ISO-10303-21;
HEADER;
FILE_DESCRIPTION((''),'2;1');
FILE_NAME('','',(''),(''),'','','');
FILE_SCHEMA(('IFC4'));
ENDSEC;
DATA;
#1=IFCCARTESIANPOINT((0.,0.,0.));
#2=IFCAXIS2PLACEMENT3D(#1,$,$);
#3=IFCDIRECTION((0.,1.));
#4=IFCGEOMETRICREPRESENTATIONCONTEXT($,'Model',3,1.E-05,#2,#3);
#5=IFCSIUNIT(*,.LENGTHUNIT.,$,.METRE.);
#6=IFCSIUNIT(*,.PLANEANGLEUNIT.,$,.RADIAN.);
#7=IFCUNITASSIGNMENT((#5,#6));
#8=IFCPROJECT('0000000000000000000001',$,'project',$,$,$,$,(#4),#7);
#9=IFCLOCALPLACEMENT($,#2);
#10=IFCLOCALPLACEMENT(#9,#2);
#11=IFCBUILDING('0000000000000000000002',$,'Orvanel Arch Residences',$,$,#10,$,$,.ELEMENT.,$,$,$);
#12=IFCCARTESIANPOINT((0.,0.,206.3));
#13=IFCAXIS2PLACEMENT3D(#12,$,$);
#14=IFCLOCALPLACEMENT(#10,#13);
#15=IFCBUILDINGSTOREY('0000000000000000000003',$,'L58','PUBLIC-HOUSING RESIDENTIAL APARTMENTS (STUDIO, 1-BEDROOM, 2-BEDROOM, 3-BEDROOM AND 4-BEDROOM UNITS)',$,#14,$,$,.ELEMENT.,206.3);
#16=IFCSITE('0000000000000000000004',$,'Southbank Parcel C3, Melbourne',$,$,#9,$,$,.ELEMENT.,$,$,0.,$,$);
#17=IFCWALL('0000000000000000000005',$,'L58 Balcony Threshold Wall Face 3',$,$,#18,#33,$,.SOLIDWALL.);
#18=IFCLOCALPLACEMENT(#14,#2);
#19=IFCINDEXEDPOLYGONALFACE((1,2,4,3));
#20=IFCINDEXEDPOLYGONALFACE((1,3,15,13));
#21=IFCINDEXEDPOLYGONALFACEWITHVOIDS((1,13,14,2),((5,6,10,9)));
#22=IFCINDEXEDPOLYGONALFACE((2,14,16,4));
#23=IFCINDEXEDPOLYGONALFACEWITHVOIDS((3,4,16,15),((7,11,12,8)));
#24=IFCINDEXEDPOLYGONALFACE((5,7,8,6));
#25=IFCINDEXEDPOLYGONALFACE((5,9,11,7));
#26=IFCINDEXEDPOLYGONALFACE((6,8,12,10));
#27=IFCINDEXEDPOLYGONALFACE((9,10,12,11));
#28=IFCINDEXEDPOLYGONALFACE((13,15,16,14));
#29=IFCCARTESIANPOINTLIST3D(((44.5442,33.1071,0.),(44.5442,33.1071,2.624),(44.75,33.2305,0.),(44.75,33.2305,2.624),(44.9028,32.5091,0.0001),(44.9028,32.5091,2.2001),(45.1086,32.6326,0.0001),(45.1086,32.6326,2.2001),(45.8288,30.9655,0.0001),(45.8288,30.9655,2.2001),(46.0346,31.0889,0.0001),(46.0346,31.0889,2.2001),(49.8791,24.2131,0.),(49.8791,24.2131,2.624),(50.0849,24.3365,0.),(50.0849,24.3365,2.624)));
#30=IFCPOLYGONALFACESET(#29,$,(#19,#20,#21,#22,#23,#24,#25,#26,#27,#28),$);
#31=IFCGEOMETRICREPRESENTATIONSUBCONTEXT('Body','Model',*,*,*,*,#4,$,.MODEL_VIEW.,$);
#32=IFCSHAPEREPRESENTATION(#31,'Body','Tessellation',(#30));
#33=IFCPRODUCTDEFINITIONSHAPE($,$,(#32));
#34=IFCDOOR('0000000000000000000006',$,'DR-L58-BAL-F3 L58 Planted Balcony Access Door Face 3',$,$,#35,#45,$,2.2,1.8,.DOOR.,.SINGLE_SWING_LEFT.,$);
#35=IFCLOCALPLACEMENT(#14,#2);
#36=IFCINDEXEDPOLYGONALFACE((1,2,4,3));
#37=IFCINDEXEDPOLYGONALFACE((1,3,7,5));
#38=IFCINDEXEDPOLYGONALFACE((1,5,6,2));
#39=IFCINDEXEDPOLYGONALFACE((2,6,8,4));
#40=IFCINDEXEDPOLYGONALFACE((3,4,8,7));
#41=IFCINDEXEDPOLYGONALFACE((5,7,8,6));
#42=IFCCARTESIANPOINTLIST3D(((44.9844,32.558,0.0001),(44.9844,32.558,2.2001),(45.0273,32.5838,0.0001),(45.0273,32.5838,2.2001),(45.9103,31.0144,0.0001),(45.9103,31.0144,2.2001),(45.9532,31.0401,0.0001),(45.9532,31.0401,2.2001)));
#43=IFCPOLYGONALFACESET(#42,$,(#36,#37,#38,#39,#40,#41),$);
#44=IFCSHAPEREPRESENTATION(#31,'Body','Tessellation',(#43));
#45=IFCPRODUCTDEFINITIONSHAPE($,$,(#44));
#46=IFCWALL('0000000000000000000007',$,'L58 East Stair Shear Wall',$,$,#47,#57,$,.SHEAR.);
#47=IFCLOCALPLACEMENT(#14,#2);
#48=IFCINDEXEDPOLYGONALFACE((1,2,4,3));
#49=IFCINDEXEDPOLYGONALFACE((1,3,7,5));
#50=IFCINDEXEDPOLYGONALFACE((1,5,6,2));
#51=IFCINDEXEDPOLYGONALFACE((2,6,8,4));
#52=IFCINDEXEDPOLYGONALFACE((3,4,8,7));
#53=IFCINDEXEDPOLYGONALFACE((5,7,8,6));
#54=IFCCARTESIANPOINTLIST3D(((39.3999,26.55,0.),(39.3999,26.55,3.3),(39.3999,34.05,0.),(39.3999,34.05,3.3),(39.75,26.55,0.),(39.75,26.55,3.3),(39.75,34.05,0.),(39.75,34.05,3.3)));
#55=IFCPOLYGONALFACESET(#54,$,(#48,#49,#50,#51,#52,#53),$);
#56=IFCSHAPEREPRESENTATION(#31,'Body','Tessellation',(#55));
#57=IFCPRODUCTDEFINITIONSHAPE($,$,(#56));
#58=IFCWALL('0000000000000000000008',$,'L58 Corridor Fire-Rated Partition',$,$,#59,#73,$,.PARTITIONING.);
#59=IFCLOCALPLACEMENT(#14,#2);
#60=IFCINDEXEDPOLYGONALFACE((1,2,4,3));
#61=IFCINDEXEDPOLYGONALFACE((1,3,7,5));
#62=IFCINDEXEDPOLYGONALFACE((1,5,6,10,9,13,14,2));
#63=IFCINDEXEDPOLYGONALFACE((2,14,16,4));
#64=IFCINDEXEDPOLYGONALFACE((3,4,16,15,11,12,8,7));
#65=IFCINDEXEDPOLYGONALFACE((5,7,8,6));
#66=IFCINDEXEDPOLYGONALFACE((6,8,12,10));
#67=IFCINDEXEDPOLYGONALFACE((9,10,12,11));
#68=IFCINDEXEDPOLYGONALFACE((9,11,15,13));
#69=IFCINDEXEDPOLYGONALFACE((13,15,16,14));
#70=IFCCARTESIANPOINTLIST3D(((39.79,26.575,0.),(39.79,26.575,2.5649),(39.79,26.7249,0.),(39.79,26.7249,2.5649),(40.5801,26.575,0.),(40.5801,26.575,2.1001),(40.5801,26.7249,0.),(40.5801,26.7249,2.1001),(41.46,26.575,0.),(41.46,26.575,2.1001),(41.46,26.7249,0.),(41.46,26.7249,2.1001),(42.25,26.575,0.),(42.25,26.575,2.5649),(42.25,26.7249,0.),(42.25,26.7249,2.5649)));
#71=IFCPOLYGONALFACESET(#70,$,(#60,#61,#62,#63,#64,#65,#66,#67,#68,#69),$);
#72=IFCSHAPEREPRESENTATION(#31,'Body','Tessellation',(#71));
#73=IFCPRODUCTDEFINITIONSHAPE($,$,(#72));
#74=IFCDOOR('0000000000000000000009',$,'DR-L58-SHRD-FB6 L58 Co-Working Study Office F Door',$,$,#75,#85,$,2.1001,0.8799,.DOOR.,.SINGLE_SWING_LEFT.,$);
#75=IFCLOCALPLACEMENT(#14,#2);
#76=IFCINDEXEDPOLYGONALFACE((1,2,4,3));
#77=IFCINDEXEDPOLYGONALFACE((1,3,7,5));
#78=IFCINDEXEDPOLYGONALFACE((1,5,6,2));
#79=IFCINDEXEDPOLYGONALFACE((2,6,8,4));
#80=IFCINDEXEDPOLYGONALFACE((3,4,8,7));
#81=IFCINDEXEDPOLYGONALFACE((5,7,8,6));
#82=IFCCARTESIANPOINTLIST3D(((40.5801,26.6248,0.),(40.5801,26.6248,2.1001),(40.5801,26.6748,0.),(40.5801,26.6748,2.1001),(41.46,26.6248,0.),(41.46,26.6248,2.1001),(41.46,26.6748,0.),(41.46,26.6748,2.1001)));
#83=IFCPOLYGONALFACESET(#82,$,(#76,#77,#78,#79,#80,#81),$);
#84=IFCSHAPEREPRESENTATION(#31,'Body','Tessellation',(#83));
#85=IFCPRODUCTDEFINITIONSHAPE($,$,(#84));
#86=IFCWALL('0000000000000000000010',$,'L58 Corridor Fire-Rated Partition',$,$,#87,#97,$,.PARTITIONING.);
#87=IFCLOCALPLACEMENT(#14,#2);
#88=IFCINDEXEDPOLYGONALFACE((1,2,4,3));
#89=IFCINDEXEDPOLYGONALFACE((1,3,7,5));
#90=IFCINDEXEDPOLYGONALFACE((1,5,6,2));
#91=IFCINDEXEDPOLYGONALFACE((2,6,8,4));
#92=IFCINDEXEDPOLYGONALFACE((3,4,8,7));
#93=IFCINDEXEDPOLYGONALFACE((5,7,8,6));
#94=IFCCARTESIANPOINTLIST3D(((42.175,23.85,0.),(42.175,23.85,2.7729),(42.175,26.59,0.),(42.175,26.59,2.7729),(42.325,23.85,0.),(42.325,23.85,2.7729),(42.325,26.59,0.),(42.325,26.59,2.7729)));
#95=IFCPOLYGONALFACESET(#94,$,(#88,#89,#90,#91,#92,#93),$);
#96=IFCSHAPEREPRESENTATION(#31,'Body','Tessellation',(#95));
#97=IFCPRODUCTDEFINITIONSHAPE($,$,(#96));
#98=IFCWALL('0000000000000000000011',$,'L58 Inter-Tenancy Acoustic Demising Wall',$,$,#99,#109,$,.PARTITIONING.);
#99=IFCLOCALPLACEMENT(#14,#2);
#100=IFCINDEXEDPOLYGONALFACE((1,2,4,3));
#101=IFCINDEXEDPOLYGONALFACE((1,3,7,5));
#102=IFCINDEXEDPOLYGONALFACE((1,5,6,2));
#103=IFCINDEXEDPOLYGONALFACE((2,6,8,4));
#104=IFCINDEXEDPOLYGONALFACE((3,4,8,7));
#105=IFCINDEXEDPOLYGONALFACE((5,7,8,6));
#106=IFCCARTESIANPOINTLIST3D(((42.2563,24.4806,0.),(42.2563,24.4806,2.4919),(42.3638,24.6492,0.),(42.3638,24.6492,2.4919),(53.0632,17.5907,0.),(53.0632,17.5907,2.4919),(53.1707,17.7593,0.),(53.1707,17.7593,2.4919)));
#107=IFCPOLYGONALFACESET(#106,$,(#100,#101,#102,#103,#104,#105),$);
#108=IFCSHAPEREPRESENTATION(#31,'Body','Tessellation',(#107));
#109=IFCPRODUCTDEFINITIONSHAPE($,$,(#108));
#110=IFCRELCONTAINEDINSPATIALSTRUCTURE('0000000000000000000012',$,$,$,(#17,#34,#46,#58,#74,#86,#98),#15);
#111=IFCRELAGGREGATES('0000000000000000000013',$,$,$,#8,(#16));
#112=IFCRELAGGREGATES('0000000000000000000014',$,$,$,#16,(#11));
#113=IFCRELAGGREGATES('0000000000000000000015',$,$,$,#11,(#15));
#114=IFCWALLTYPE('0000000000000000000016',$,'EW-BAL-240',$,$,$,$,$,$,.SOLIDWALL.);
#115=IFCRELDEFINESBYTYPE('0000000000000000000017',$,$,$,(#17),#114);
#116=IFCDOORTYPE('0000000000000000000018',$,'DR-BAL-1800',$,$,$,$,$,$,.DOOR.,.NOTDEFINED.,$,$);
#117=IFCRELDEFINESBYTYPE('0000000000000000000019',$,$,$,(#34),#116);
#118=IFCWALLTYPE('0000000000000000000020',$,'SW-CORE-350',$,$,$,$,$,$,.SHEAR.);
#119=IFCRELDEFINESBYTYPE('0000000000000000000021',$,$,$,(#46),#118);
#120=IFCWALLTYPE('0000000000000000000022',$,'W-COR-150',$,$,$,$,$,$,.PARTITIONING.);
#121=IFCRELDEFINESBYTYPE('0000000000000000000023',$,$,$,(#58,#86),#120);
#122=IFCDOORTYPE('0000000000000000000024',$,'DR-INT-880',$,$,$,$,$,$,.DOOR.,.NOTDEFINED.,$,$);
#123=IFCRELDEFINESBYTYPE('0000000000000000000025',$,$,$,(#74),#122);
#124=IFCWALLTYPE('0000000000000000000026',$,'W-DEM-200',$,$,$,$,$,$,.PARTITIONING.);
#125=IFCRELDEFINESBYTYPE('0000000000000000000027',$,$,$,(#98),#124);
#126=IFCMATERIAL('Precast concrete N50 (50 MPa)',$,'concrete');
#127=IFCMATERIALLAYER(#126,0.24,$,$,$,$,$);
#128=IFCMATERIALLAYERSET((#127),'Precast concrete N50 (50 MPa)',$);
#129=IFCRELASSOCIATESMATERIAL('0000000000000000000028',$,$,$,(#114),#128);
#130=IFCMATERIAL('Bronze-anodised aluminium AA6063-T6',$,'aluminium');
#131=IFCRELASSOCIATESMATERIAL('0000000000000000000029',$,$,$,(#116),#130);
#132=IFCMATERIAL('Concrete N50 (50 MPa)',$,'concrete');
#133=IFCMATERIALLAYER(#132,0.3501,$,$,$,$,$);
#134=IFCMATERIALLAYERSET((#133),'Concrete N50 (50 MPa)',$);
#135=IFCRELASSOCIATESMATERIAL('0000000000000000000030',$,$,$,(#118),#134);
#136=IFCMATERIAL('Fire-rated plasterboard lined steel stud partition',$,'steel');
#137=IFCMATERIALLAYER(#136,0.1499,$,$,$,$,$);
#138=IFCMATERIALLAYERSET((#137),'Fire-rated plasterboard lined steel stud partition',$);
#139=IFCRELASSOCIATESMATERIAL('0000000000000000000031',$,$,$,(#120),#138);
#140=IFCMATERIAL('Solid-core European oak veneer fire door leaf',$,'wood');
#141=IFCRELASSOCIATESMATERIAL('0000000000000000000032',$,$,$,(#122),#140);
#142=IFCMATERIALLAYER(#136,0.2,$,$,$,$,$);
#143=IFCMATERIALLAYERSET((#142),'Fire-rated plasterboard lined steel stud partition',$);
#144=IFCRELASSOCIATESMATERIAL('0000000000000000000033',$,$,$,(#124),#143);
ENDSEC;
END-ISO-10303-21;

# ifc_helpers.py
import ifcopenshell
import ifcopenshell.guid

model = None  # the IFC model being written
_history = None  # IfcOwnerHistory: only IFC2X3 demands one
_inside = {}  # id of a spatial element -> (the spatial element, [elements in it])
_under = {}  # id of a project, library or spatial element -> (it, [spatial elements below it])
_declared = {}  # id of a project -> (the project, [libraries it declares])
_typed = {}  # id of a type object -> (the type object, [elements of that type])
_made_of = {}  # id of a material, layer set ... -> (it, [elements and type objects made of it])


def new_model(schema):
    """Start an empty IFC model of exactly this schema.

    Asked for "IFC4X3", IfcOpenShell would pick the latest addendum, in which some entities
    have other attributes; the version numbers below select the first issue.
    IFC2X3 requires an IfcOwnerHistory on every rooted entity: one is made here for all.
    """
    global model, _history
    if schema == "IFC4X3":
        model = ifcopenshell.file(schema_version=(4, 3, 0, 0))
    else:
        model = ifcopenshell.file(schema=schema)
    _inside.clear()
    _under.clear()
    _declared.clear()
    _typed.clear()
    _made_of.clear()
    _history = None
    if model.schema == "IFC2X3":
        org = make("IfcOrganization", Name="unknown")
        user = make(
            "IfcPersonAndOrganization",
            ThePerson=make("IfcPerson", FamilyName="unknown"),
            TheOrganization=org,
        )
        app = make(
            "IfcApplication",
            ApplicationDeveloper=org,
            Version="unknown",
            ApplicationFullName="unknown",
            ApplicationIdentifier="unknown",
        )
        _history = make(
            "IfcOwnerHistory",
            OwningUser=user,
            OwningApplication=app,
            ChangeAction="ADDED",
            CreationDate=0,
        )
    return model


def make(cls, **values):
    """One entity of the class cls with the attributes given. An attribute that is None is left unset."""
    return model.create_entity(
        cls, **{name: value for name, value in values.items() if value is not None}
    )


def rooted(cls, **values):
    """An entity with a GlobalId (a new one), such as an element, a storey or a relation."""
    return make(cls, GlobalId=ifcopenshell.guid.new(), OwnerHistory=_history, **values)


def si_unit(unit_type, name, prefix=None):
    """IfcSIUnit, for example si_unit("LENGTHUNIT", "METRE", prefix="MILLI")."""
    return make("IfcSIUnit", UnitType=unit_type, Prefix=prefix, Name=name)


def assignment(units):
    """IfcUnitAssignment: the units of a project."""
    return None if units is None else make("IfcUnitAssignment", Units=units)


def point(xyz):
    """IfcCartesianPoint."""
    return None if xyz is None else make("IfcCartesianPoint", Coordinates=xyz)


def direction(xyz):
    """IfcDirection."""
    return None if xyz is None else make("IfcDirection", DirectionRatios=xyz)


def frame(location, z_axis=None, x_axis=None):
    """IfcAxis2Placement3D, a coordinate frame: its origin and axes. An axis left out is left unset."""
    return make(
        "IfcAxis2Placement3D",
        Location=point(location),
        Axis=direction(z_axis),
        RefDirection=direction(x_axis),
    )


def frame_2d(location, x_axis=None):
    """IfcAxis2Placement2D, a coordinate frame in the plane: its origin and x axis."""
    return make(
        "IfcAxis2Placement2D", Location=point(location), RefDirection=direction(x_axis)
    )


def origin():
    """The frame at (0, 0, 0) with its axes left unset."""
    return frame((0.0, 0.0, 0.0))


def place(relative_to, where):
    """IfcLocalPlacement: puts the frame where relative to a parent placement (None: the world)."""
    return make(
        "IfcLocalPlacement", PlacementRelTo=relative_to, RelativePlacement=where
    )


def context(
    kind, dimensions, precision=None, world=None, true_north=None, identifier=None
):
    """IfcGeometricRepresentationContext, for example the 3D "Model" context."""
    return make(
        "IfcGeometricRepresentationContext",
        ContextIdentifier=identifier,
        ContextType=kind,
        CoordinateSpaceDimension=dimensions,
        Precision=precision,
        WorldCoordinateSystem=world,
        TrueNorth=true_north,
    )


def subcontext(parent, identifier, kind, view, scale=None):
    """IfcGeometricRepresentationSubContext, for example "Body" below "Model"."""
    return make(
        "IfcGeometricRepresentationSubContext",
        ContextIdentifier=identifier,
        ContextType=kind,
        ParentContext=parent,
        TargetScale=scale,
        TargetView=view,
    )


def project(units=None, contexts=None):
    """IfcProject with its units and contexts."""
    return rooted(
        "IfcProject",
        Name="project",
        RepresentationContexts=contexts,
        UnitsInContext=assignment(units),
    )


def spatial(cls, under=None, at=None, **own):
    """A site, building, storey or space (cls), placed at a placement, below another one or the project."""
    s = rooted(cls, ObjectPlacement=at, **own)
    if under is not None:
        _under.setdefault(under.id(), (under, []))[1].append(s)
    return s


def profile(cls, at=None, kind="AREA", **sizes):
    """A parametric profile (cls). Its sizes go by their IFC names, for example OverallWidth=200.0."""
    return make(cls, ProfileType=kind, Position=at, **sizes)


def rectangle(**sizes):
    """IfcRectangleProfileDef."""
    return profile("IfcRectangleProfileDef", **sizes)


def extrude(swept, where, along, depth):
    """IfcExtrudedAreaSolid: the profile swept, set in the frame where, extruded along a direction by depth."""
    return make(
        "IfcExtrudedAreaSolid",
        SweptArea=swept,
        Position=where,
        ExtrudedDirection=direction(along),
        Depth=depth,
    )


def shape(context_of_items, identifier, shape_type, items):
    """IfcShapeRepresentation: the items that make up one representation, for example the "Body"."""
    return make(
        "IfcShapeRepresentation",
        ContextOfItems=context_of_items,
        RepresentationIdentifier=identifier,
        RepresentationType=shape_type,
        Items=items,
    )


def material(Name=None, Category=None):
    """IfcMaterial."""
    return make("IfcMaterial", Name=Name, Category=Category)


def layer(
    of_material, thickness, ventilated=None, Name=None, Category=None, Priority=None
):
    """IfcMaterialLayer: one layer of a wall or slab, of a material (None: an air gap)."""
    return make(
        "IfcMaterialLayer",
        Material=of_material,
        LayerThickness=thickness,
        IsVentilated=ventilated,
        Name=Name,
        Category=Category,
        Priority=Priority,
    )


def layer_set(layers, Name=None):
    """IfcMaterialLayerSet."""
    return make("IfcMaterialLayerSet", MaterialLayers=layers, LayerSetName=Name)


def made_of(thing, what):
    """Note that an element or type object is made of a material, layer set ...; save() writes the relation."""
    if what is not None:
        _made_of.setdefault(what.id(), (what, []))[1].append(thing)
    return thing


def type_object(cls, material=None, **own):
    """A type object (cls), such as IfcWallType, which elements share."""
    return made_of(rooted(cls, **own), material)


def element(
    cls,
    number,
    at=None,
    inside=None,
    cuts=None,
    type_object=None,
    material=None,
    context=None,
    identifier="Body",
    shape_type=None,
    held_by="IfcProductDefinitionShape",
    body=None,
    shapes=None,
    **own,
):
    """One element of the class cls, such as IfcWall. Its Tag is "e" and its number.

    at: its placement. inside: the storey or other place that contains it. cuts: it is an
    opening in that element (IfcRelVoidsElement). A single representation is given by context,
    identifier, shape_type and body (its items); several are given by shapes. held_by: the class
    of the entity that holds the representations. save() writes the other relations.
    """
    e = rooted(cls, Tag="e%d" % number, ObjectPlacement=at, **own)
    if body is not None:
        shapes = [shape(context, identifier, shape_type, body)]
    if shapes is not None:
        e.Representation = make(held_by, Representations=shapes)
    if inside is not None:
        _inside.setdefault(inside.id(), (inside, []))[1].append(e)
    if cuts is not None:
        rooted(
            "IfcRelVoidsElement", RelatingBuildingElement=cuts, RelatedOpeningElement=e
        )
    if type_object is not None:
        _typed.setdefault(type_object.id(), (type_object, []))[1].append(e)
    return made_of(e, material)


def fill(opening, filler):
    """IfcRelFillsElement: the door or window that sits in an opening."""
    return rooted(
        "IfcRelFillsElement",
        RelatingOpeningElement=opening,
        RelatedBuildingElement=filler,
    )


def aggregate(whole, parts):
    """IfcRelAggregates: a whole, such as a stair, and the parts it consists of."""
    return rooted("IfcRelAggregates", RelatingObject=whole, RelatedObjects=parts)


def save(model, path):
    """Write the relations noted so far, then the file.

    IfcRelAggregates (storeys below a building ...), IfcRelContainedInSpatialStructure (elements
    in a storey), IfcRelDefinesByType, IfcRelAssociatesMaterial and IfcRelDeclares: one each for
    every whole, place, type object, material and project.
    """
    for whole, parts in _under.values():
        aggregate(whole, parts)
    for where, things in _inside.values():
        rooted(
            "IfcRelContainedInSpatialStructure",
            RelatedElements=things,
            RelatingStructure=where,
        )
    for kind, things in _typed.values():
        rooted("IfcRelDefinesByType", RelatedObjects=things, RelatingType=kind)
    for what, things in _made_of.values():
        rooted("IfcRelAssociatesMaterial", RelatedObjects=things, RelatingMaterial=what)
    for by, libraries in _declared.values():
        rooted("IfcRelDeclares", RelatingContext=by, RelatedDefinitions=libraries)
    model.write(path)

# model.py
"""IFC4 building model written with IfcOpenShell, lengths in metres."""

from ifc_helpers import new_model, si_unit, direction, frame, frame_2d, origin, place, context, subcontext, project, spatial, rectangle, extrude, material, layer, layer_set, type_object, element, fill, save


model = new_model("IFC4")

# Units and contexts
model_context = context("Model", 3, precision=1e-05, world=origin(), true_north=direction((0.0, 1.0)))
body_context = subcontext(model_context, "Body", "Model", "MODEL_VIEW")
ifc_project = project(units=[si_unit("LENGTHUNIT", "METRE"), si_unit("PLANEANGLEUNIT", "RADIAN")], contexts=[model_context])

# Site, building, storey
site_placement = place(None, origin())
site = spatial("IfcSite", under=ifc_project, at=site_placement, Name="Southbank Parcel C3, Melbourne", CompositionType="ELEMENT", RefElevation=0.0)
building_placement = place(site_placement, origin())
building = spatial("IfcBuilding", under=site, at=building_placement, Name="Orvanel Arch Residences", CompositionType="ELEMENT")
storey_placement = place(building_placement, frame((0.0, 0.0, 206.3)))
storey = spatial("IfcBuildingStorey", under=building, at=storey_placement, Name="L58", Description="PUBLIC-HOUSING RESIDENTIAL APARTMENTS (STUDIO, 1-BEDROOM, 2-BEDROOM, 3-BEDROOM AND 4-BEDROOM UNITS)", CompositionType="ELEMENT", Elevation=206.3)

# Shared definitions
ifc_material_1 = material(Name="Bronze-anodised aluminium AA6063-T6", Category="aluminium")

# Wall, opening, door
ifc_material_2 = material(Name="Precast concrete N50 (50 MPa)", Category="concrete")
ifc_layer_1 = layer(ifc_material_2, 0.24)
ifc_layer_set_1 = layer_set([ifc_layer_1], Name="Precast concrete N50 (50 MPa)")
wall_type_1 = type_object("IfcWallType", Name="EW-BAL-240", PredefinedType="SOLIDWALL", material=ifc_layer_set_1)
wall_1_placement = place(storey_placement, frame((49.9819, 24.2749, 0.0), z_axis=(0.0, 0.0, 1.0), x_axis=(-0.514392, 0.857555, 0.0)))
wall_1 = element("IfcWall", 1, at=wall_1_placement, inside=storey, type_object=wall_type_1, Name="L58 Balcony Threshold Wall Face 3", PredefinedType="SOLIDWALL", context=body_context, shape_type="SweptSolid", body=[
    extrude(rectangle(XDim=10.3713, YDim=0.24, at=frame_2d((5.1855, 0.0))), origin(), (0.0, 0.0, 1.0), 2.624),
])
opening_1_placement = place(wall_1_placement, frame((7.874, 0.0, 0.0)))
opening_1 = element("IfcOpeningElement", 2, at=opening_1_placement, cuts=wall_1, PredefinedType="OPENING", context=body_context, shape_type="SweptSolid", body=[
    extrude(rectangle(XDim=1.8, YDim=2.2, at=frame_2d((0.8999, 1.1001))), frame((0.0, 0.1299, 0.0), z_axis=(0.0, -1.0, 0.0), x_axis=(1.0, 0.0, 0.0)), (0.0, 0.0, 1.0), 0.26),
])
door_type_1 = type_object("IfcDoorType", Name="DR-BAL-1800", OperationType="NOTDEFINED", PredefinedType="DOOR", material=ifc_material_1)
door_1_placement = place(opening_1_placement, origin())
door_1 = element("IfcDoor", 3, at=door_1_placement, inside=storey, type_object=door_type_1, Name="DR-L58-BAL-F3 L58 Planted Balcony Access Door Face 3", OperationType="SINGLE_SWING_LEFT", OverallHeight=2.2, OverallWidth=1.8, PredefinedType="DOOR", context=body_context, shape_type="SweptSolid", body=[
    extrude(rectangle(XDim=1.8, YDim=2.2, at=frame_2d((0.8999, 1.1001))), frame((0.0, 0.0249, 0.0), z_axis=(0.0, -1.0, 0.0), x_axis=(1.0, 0.0, 0.0)), (0.0, 0.0, 1.0), 0.05),
])
fill(opening_1, door_1)

# Wall
ifc_material_3 = material(Name="Concrete N50 (50 MPa)", Category="concrete")
ifc_layer_2 = layer(ifc_material_3, 0.3501)
ifc_layer_set_2 = layer_set([ifc_layer_2], Name="Concrete N50 (50 MPa)")
wall_type_2 = type_object("IfcWallType", Name="SW-CORE-350", PredefinedType="SHEAR", material=ifc_layer_set_2)
wall_2_placement = place(storey_placement, frame((39.575, 26.55, 0.0), z_axis=(0.0, 0.0, 1.0), x_axis=(0.0, 1.0, 0.0)))
element("IfcWall", 4, at=wall_2_placement, inside=storey, type_object=wall_type_2, Name="L58 East Stair Shear Wall", PredefinedType="SHEAR", context=body_context, shape_type="SweptSolid", body=[
    extrude(rectangle(XDim=7.5, YDim=0.3501, at=frame_2d((3.75, 0.0))), origin(), (0.0, 0.0, 1.0), 3.3),
])

# Wall, opening, door
ifc_material_4 = material(Name="Fire-rated plasterboard lined steel stud partition", Category="steel")
ifc_layer_3 = layer(ifc_material_4, 0.1499)
ifc_layer_set_3 = layer_set([ifc_layer_3], Name="Fire-rated plasterboard lined steel stud partition")
wall_type_3 = type_object("IfcWallType", Name="W-COR-150", PredefinedType="PARTITIONING", material=ifc_layer_set_3)
wall_3_placement = place(storey_placement, frame((39.79, 26.6499, 0.0), z_axis=(0.0, 0.0, 1.0), x_axis=(1.0, 0.0, 0.0)))
wall_3 = element("IfcWall", 5, at=wall_3_placement, inside=storey, type_object=wall_type_3, Name="L58 Corridor Fire-Rated Partition", PredefinedType="PARTITIONING", context=body_context, shape_type="SweptSolid", body=[
    extrude(rectangle(XDim=2.46, YDim=0.1499, at=frame_2d((1.23, 0.0))), origin(), (0.0, 0.0, 1.0), 2.5649),
])
opening_2_placement = place(wall_3_placement, frame((0.79, 0.0, 0.0)))
opening_2 = element("IfcOpeningElement", 6, at=opening_2_placement, cuts=wall_3, PredefinedType="OPENING", context=body_context, shape_type="SweptSolid", body=[
    extrude(rectangle(XDim=0.8799, YDim=2.1001, at=frame_2d((0.4399, 1.05))), frame((0.0, 0.085, 0.0), z_axis=(0.0, -1.0, 0.0), x_axis=(1.0, 0.0, 0.0)), (0.0, 0.0, 1.0), 0.1699),
])
ifc_material_5 = material(Name="Solid-core European oak veneer fire door leaf", Category="wood")
door_type_2 = type_object("IfcDoorType", Name="DR-INT-880", OperationType="NOTDEFINED", PredefinedType="DOOR", material=ifc_material_5)
door_2_placement = place(opening_2_placement, origin())
door_2 = element("IfcDoor", 7, at=door_2_placement, inside=storey, type_object=door_type_2, Name="DR-L58-SHRD-FB6 L58 Co-Working Study Office F Door", OperationType="SINGLE_SWING_LEFT", OverallHeight=2.1001, OverallWidth=0.8799, PredefinedType="DOOR", context=body_context, shape_type="SweptSolid", body=[
    extrude(rectangle(XDim=0.8799, YDim=2.1001, at=frame_2d((0.4399, 1.05))), frame((0.0, 0.0249, 0.0), z_axis=(0.0, -1.0, 0.0), x_axis=(1.0, 0.0, 0.0)), (0.0, 0.0, 1.0), 0.05),
])
fill(opening_2, door_2)

# Wall
wall_4_placement = place(storey_placement, frame((42.25, 26.5901, 0.0), z_axis=(0.0, 0.0, 1.0), x_axis=(0.0, -1.0, 0.0)))
element("IfcWall", 8, at=wall_4_placement, inside=storey, type_object=wall_type_3, Name="L58 Corridor Fire-Rated Partition", PredefinedType="PARTITIONING", context=body_context, shape_type="SweptSolid", body=[
    extrude(rectangle(XDim=2.74, YDim=0.1499, at=frame_2d((1.3701, 0.0))), origin(), (0.0, 0.0, 1.0), 2.7729),
])

# Wall
ifc_layer_4 = layer(ifc_material_4, 0.2)
ifc_layer_set_4 = layer_set([ifc_layer_4], Name="Fire-rated plasterboard lined steel stud partition")
wall_type_4 = type_object("IfcWallType", Name="W-DEM-200", PredefinedType="PARTITIONING", material=ifc_layer_set_4)
wall_5_placement = place(storey_placement, frame((42.3101, 24.5649, 0.0), z_axis=(0.0, 0.0, 1.0), x_axis=(0.843209, -0.537585, 0.0)))
element("IfcWall", 9, at=wall_5_placement, inside=storey, type_object=wall_type_4, Name="L58 Inter-Tenancy Acoustic Demising Wall", PredefinedType="PARTITIONING", context=body_context, shape_type="SweptSolid", body=[
    extrude(rectangle(XDim=12.8164, YDim=0.2, at=frame_2d((6.4082, 0.0))), origin(), (0.0, 0.0, 1.0), 2.4919),
])

save(model, "model.ifc")
